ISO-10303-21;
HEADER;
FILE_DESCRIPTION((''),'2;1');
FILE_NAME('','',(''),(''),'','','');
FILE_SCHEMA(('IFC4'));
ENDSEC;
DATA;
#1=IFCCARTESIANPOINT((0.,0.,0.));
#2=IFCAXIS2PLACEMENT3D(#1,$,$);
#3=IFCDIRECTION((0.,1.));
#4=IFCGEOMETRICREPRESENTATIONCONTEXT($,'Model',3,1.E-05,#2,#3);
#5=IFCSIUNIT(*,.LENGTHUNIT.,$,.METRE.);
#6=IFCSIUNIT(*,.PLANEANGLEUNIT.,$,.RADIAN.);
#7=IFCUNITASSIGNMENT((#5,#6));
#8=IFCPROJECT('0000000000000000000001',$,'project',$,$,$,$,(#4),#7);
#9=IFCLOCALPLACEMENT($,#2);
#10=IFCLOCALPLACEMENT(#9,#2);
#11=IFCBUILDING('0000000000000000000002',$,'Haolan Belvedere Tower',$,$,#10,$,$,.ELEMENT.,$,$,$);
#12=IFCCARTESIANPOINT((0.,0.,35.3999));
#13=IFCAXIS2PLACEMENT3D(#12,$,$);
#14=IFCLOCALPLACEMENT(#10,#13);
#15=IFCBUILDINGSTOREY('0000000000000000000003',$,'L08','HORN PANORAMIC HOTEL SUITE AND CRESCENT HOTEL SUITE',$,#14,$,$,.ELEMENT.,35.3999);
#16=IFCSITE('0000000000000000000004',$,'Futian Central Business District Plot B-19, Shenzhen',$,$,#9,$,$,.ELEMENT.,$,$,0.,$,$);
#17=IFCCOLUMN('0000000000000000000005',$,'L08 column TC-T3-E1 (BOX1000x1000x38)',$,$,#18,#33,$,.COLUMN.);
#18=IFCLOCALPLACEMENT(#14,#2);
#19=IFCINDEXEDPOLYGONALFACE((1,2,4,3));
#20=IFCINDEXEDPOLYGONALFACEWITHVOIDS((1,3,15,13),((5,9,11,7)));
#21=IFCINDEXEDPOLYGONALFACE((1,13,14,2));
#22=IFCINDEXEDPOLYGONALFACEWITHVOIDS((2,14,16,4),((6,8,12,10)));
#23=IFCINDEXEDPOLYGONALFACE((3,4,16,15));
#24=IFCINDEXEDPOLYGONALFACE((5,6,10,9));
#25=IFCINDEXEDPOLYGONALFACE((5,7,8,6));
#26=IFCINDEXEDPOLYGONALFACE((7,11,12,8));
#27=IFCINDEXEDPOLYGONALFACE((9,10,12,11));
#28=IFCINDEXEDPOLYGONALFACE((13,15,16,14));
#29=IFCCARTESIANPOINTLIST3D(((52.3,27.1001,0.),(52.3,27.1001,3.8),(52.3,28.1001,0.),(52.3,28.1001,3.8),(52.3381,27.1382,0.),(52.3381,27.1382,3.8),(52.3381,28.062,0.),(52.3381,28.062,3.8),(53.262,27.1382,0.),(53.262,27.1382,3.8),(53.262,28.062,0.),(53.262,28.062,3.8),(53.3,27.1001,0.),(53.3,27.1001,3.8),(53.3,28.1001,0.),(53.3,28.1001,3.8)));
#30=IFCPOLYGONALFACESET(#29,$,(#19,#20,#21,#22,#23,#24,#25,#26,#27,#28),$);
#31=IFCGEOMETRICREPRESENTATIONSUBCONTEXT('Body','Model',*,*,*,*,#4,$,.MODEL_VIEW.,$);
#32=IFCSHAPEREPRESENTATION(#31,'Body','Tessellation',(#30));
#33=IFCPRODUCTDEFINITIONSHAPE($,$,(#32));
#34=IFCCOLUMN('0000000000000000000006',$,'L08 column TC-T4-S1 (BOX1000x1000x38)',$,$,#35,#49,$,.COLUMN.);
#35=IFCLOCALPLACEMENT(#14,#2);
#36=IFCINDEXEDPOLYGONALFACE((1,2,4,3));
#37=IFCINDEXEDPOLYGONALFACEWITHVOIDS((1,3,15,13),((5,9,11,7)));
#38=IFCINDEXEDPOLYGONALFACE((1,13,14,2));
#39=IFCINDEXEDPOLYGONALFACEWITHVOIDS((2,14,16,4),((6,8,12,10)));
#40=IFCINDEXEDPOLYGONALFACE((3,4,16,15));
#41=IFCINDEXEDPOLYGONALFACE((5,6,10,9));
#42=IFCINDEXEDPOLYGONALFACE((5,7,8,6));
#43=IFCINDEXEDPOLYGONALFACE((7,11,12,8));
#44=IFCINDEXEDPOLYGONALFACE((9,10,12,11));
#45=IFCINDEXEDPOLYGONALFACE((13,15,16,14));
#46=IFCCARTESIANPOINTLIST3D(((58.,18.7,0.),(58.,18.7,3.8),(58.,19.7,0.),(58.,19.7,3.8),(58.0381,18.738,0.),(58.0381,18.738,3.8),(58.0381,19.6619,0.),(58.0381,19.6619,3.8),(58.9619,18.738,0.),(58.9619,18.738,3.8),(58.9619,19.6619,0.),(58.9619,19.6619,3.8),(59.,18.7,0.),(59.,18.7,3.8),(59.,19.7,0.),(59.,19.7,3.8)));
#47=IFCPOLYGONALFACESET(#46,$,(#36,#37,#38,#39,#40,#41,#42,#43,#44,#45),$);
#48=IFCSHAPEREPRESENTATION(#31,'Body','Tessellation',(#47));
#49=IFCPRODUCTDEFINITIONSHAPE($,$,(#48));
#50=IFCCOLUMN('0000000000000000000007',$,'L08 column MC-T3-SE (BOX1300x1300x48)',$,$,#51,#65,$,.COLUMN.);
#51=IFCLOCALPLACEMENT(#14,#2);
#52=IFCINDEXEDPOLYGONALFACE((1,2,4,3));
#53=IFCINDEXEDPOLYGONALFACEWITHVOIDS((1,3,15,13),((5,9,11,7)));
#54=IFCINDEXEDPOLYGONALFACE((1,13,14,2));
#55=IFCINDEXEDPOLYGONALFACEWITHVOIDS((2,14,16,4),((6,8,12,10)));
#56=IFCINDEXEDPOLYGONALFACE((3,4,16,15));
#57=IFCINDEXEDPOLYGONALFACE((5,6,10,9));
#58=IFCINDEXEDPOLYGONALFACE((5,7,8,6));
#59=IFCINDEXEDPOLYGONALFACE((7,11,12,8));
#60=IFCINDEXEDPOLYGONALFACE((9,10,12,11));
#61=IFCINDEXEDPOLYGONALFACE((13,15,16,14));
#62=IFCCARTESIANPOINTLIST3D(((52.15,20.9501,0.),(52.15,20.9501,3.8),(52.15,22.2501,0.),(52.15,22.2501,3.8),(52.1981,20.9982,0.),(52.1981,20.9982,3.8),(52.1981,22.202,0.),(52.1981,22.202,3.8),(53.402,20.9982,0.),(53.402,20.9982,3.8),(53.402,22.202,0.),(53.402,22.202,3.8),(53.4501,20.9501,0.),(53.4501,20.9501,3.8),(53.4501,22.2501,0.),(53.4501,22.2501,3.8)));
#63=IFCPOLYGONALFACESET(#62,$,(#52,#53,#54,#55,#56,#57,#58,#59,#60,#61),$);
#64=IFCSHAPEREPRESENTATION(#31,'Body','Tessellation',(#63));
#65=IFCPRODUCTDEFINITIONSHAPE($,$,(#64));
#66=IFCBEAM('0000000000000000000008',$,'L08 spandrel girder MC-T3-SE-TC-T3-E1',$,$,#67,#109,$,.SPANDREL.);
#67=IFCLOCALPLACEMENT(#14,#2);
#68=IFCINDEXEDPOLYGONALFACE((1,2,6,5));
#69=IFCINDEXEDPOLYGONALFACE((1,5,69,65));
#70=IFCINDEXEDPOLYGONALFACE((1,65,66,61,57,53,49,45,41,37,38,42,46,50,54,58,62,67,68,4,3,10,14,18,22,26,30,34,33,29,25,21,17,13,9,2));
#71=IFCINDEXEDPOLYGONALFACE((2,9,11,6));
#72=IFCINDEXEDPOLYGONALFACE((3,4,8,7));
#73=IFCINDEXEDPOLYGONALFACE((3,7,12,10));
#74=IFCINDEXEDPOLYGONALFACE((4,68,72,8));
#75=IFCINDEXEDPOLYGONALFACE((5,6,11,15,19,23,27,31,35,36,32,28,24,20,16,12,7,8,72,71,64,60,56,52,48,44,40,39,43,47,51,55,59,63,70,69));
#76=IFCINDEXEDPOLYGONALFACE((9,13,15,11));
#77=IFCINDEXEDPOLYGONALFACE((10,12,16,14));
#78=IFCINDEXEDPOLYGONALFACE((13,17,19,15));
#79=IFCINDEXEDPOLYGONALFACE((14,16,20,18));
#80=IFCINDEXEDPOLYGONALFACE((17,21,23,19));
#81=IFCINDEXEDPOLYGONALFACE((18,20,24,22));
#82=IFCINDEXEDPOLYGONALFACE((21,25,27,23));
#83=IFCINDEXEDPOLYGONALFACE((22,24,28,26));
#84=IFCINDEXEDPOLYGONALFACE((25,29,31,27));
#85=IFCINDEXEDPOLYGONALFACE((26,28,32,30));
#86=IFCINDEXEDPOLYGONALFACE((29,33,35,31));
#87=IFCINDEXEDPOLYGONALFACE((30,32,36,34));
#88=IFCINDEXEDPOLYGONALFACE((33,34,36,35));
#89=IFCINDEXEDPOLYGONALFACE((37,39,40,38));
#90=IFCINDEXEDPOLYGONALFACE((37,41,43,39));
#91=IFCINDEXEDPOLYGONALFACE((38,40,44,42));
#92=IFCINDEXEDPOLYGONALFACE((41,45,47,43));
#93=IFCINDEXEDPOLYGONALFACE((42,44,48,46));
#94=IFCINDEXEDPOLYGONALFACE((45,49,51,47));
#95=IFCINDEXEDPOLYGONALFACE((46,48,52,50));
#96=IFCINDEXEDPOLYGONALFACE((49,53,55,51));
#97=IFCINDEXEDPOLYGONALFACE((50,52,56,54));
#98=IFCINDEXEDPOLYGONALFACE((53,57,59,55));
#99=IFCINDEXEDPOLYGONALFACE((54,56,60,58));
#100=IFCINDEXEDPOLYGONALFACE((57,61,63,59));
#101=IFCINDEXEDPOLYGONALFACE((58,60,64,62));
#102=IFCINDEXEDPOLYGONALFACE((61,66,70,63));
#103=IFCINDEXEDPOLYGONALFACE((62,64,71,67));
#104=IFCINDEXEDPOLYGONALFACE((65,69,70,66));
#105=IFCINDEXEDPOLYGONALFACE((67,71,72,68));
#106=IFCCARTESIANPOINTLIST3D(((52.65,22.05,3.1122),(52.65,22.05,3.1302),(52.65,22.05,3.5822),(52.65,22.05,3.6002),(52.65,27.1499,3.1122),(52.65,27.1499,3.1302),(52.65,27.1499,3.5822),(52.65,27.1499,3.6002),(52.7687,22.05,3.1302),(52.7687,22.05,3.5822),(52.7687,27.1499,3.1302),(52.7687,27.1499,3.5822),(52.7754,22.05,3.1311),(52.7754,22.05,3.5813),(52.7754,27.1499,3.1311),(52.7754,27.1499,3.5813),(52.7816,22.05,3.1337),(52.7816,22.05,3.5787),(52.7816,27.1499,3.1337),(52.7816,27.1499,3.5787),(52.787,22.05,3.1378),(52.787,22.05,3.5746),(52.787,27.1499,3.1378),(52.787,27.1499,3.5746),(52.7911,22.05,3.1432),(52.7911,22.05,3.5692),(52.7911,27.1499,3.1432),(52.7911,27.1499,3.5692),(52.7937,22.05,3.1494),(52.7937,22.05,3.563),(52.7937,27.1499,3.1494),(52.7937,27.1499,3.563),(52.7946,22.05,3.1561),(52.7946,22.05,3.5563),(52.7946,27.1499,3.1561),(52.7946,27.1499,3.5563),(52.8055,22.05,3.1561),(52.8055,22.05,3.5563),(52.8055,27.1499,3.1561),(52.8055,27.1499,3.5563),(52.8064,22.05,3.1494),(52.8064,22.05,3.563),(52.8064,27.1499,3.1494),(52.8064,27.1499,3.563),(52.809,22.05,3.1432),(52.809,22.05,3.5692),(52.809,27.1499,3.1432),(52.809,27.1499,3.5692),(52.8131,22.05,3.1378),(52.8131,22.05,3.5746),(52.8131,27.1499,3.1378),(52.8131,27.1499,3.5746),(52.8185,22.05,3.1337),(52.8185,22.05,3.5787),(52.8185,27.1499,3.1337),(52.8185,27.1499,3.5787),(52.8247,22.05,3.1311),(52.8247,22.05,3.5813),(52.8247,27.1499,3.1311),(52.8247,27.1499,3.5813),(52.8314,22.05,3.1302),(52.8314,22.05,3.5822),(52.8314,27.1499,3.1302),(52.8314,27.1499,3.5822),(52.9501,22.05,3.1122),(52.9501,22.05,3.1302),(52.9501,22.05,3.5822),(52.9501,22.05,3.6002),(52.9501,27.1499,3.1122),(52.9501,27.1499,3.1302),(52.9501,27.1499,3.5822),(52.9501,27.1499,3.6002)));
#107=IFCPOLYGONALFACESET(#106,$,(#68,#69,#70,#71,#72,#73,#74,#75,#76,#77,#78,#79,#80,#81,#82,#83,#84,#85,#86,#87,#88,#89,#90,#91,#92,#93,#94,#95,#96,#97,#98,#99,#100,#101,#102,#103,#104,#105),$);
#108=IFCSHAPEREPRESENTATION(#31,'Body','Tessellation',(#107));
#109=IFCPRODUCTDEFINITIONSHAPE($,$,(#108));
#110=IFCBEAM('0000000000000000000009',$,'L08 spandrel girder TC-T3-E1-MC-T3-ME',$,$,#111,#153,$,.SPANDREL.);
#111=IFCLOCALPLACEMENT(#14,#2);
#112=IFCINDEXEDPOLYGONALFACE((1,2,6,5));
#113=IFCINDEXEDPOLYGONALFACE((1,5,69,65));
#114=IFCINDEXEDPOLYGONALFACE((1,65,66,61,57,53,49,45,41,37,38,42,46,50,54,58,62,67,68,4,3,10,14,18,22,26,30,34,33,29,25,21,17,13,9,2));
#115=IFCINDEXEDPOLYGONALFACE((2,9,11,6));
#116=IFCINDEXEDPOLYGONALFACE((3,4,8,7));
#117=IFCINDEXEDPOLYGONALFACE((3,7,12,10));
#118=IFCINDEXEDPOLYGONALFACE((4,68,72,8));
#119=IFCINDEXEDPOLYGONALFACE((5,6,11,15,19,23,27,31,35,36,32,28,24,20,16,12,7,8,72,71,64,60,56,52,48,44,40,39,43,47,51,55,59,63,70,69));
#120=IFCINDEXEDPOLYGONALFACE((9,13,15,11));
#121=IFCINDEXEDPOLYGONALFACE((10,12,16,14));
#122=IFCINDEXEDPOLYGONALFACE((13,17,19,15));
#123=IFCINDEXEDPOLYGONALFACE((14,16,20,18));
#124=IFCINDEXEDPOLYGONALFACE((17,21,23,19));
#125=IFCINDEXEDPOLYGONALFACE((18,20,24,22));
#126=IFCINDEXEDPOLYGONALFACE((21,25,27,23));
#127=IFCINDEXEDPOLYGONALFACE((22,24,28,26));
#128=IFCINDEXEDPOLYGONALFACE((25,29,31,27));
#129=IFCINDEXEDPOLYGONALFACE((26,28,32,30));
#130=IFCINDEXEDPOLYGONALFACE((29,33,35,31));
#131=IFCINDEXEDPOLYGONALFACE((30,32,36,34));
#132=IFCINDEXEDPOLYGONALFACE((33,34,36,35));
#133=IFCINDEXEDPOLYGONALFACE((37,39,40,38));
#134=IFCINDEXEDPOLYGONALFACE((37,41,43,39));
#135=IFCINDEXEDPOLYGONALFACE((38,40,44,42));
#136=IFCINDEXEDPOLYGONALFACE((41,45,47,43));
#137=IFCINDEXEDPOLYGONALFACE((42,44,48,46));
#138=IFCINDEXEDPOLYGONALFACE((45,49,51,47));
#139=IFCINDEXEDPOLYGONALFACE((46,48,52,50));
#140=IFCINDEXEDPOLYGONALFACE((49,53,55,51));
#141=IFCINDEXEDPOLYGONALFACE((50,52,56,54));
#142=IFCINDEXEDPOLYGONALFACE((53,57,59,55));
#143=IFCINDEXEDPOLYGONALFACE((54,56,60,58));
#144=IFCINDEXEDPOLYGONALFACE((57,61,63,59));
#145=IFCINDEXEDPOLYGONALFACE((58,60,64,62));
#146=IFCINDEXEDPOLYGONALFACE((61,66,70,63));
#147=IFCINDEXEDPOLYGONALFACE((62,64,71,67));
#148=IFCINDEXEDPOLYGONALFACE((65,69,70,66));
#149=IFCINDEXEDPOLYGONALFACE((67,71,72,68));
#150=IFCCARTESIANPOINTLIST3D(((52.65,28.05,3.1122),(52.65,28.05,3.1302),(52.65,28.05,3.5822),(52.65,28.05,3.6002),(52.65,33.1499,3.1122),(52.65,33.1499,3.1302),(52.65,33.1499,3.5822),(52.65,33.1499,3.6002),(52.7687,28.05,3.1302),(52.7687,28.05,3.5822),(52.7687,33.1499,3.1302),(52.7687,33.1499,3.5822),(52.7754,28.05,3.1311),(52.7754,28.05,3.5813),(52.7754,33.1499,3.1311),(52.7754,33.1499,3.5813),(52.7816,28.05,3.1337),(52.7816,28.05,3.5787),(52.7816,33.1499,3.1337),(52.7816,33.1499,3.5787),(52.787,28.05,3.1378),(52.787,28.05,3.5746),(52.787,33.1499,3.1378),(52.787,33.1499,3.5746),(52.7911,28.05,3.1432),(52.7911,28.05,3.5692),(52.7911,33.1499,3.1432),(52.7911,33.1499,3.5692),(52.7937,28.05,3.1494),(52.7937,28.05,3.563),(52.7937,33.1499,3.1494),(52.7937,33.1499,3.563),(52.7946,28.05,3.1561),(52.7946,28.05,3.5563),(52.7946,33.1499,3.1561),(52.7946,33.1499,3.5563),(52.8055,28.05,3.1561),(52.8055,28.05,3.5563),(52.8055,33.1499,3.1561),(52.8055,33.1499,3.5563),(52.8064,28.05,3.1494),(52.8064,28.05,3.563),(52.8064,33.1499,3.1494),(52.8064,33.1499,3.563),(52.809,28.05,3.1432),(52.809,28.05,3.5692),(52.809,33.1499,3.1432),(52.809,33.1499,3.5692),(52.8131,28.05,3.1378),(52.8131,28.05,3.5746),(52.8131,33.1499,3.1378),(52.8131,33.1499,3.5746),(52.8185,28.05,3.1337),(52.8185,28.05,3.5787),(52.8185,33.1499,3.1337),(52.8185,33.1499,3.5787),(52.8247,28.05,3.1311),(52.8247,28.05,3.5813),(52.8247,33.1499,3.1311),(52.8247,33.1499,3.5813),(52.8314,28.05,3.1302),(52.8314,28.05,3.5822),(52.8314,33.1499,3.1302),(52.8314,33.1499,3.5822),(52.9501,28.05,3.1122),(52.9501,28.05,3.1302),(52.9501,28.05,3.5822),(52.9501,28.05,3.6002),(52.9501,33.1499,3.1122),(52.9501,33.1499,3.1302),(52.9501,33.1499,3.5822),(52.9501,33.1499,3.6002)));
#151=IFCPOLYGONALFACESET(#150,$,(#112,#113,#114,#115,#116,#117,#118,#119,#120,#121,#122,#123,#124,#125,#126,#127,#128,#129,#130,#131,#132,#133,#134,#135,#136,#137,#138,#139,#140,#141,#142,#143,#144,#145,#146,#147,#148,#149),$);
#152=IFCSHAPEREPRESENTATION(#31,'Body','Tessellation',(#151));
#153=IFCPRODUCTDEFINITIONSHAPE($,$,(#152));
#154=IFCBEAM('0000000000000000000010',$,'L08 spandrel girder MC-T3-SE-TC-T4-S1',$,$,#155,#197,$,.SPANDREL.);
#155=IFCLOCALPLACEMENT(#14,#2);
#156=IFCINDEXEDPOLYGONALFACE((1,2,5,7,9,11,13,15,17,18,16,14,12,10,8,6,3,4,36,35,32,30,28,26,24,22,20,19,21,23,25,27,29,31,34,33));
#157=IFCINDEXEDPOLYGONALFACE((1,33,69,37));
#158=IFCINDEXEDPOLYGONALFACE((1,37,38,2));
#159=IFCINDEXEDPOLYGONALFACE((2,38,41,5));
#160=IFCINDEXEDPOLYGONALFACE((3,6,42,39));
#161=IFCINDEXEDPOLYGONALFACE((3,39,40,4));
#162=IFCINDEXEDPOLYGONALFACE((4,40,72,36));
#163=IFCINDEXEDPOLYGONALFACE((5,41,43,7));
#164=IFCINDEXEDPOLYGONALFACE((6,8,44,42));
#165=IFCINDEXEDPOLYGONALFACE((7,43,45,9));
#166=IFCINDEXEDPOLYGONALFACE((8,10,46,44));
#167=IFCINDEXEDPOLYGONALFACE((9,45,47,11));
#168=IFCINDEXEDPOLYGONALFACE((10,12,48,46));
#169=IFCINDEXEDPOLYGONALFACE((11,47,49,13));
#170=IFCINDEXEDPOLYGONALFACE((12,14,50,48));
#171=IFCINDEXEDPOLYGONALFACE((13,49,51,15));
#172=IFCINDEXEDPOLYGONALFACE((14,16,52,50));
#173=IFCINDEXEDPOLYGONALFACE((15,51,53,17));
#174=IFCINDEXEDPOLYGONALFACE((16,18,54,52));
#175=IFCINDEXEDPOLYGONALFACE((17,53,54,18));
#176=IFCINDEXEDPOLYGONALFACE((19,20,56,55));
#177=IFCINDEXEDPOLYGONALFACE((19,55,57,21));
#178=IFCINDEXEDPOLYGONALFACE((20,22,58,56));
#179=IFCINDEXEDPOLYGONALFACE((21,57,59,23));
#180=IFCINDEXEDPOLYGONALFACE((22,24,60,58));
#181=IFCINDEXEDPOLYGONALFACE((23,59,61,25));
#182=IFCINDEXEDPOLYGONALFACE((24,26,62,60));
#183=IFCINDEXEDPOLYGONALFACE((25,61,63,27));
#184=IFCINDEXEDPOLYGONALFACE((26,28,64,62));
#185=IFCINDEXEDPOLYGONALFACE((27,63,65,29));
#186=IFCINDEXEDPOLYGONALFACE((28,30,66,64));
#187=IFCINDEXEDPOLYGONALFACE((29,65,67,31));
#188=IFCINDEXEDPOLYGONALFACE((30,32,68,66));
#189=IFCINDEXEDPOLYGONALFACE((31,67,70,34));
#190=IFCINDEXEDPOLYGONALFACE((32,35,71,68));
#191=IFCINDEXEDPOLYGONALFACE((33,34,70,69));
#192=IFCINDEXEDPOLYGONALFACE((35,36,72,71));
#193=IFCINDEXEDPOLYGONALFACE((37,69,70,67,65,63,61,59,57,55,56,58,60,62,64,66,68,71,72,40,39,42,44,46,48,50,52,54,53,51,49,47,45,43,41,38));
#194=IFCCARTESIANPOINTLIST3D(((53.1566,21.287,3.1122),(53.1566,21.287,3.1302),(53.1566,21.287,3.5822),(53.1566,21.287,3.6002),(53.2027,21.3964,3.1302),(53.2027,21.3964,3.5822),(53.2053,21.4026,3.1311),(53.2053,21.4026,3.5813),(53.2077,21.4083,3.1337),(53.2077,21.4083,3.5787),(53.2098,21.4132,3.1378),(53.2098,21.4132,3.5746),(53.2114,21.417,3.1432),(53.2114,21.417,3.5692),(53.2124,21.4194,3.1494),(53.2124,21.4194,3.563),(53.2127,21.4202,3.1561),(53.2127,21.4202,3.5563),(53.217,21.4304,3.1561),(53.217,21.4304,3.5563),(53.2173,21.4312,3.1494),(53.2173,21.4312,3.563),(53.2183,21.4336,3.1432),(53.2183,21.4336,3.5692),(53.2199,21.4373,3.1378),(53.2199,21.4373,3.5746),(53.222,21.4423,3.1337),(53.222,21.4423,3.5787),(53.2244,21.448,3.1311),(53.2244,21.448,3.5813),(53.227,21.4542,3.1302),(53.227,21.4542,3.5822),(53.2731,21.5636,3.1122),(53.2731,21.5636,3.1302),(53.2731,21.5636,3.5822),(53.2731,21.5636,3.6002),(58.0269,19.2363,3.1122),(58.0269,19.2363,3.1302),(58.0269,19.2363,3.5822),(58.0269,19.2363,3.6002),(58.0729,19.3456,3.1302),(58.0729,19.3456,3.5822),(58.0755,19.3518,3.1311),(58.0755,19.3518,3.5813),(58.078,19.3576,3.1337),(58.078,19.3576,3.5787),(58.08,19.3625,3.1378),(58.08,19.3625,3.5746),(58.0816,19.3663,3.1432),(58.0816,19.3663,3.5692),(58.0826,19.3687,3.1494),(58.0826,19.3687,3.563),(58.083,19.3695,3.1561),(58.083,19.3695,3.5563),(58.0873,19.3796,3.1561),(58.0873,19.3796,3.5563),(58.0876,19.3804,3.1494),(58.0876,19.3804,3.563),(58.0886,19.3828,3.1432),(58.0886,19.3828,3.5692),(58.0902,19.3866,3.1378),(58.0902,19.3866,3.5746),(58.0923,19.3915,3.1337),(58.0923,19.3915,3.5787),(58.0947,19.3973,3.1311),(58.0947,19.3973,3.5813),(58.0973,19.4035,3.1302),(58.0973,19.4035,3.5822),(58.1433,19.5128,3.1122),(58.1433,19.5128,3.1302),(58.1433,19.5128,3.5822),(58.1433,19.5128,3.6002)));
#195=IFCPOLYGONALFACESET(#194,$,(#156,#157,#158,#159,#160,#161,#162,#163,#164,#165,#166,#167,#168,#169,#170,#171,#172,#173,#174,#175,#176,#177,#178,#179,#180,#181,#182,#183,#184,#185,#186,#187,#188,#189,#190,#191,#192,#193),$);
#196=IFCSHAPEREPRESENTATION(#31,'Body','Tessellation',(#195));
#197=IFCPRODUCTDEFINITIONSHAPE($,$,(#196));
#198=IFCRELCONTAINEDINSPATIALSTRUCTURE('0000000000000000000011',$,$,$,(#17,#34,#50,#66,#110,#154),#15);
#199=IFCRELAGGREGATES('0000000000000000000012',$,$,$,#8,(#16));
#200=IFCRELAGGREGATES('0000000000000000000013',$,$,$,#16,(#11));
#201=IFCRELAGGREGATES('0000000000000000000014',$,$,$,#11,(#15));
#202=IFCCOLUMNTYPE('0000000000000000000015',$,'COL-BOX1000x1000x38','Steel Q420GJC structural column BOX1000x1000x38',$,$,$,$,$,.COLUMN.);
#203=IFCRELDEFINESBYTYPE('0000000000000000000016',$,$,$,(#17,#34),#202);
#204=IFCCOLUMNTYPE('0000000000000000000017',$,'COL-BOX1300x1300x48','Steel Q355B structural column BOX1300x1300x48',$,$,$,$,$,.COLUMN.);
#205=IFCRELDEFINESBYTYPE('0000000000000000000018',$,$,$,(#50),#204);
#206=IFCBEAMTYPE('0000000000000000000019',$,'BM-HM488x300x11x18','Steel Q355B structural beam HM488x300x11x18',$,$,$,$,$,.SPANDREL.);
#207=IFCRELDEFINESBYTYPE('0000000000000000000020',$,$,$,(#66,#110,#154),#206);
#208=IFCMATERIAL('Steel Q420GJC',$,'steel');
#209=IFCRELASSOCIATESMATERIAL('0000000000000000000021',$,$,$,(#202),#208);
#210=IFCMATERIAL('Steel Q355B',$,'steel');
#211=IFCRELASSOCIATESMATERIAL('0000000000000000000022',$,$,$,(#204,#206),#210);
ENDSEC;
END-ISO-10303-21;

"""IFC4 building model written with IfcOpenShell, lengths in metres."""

from ifc_helpers import new_model, si_unit, direction, frame, origin, origin_2d, place, context, subcontext, project, spatial, hollow_rectangle, i_section, extrude, material, material_profile, profile_set, type_object, element, save


model = new_model("IFC4")

# Units and contexts
model_context = context("Model", 3, precision=1e-05, world=origin(), true_north=direction((0.0, 1.0)))
body_context = subcontext(model_context, "Body", "Model", "MODEL_VIEW")
ifc_project = project(units=[si_unit("LENGTHUNIT", "METRE"), si_unit("PLANEANGLEUNIT", "RADIAN")], contexts=[model_context])

# Site, building, storey
site_placement = place(None, origin())
site = spatial("IfcSite", under=ifc_project, at=site_placement, Name="Futian Central Business District Plot B-19, Shenzhen", CompositionType="ELEMENT", RefElevation=0.0)
building_placement = place(site_placement, origin())
building = spatial("IfcBuilding", under=site, at=building_placement, Name="Haolan Belvedere Tower", CompositionType="ELEMENT")
storey_placement = place(building_placement, frame((0.0, 0.0, 35.3999)))
storey = spatial("IfcBuildingStorey", under=building, at=storey_placement, Name="L08", Description="HORN PANORAMIC HOTEL SUITE AND CRESCENT HOTEL SUITE", CompositionType="ELEMENT", Elevation=35.3999)

# Columns
ifc_material_1 = material(Name="Steel Q420GJC", Category="steel")
ifc_material_profile_1 = material_profile(ifc_material_1, hollow_rectangle(XDim=1.0, YDim=1.0, WallThickness=0.0381, at=origin_2d()), Name="Steel Q420GJC")
ifc_profile_set_1 = profile_set([ifc_material_profile_1], Name="Steel Q420GJC")
column_type_1 = type_object("IfcColumnType", Name="COL-BOX1000x1000x38", Description="Steel Q420GJC structural column BOX1000x1000x38", PredefinedType="COLUMN", material=ifc_profile_set_1)
for number, where, z_axis, x_axis, name in (
    (1, (52.8, 27.6001, 0.0), (0.0, 0.0, 1.0), (1.0, 0.0, 0.0), "L08 column TC-T3-E1 (BOX1000x1000x38)"),
    (2, (58.5, 19.2, 0.0), (0.0, 0.0, 1.0), (1.0, 0.0, 0.0), "L08 column TC-T4-S1 (BOX1000x1000x38)"),
):
    element("IfcColumn", number, at=place(storey_placement, frame(where, z_axis=z_axis, x_axis=x_axis)), inside=storey, type_object=column_type_1, Name=name, PredefinedType="COLUMN", context=body_context, shape_type="SweptSolid", body=[
        extrude(hollow_rectangle(XDim=1.0, YDim=1.0, WallThickness=0.0381, at=origin_2d()), origin(), (0.0, 0.0, 1.0), 3.8),
    ])
ifc_material_2 = material(Name="Steel Q355B", Category="steel")
ifc_material_profile_2 = material_profile(ifc_material_2, hollow_rectangle(XDim=1.3, YDim=1.3, WallThickness=0.0481, at=origin_2d()), Name="Steel Q355B")
ifc_profile_set_2 = profile_set([ifc_material_profile_2], Name="Steel Q355B")
column_type_2 = type_object("IfcColumnType", Name="COL-BOX1300x1300x48", Description="Steel Q355B structural column BOX1300x1300x48", PredefinedType="COLUMN", material=ifc_profile_set_2)
column_placement = place(storey_placement, frame((52.8, 21.6001, 0.0), z_axis=(0.0, 0.0, 1.0), x_axis=(1.0, 0.0, 0.0)))
element("IfcColumn", 3, at=column_placement, inside=storey, type_object=column_type_2, Name="L08 column MC-T3-SE (BOX1300x1300x48)", PredefinedType="COLUMN", context=body_context, shape_type="SweptSolid", body=[
    extrude(hollow_rectangle(XDim=1.3, YDim=1.3, WallThickness=0.0481, at=origin_2d()), origin(), (0.0, 0.0, 1.0), 3.8),
])

# Beams
ifc_material_profile_3 = material_profile(ifc_material_2, i_section(OverallWidth=0.3, OverallDepth=0.488, WebThickness=0.011, FlangeThickness=0.0181, FilletRadius=0.0259, at=origin_2d()), Name="Steel Q355B")
ifc_profile_set_3 = profile_set([ifc_material_profile_3], Name="Steel Q355B")
beam_type_1 = type_object("IfcBeamType", Name="BM-HM488x300x11x18", Description="Steel Q355B structural beam HM488x300x11x18", PredefinedType="SPANDREL", material=ifc_profile_set_3)
for number, where, z_axis, x_axis, name in (
    (4, (52.8, 22.05, 3.3562), (0.0, 1.0, 0.0), (-1.0, 0.0, 0.0), "L08 spandrel girder MC-T3-SE-TC-T3-E1"),
    (5, (52.8, 28.05, 3.3562), (0.0, 1.0, 0.0), (-1.0, 0.0, 0.0), "L08 spandrel girder TC-T3-E1-MC-T3-ME"),
):
    element("IfcBeam", number, at=place(storey_placement, frame(where, z_axis=z_axis, x_axis=x_axis)), inside=storey, type_object=beam_type_1, Name=name, PredefinedType="SPANDREL", context=body_context, shape_type="SweptSolid", body=[
        extrude(i_section(OverallWidth=0.3, OverallDepth=0.488, WebThickness=0.011, FlangeThickness=0.0181, FilletRadius=0.0259, at=origin_2d()), origin(), (0.0, 0.0, 1.0), 5.0999),
    ])
for number, where, z_axis, x_axis, name in (
    (6, (53.2148, 21.4253, 3.3562), (0.921628, -0.388074, 0.0), (0.388074, 0.921628, 0.0), "L08 spandrel girder MC-T3-SE-TC-T4-S1"),
):
    element("IfcBeam", number, at=place(storey_placement, frame(where, z_axis=z_axis, x_axis=x_axis)), inside=storey, type_object=beam_type_1, Name=name, PredefinedType="SPANDREL", context=body_context, shape_type="SweptSolid", body=[
        extrude(i_section(OverallWidth=0.3, OverallDepth=0.488, WebThickness=0.011, FlangeThickness=0.0181, FilletRadius=0.0259, at=origin_2d()), origin(), (0.0, 0.0, 1.0), 5.2844),
    ])

save(model, "model.ifc")
